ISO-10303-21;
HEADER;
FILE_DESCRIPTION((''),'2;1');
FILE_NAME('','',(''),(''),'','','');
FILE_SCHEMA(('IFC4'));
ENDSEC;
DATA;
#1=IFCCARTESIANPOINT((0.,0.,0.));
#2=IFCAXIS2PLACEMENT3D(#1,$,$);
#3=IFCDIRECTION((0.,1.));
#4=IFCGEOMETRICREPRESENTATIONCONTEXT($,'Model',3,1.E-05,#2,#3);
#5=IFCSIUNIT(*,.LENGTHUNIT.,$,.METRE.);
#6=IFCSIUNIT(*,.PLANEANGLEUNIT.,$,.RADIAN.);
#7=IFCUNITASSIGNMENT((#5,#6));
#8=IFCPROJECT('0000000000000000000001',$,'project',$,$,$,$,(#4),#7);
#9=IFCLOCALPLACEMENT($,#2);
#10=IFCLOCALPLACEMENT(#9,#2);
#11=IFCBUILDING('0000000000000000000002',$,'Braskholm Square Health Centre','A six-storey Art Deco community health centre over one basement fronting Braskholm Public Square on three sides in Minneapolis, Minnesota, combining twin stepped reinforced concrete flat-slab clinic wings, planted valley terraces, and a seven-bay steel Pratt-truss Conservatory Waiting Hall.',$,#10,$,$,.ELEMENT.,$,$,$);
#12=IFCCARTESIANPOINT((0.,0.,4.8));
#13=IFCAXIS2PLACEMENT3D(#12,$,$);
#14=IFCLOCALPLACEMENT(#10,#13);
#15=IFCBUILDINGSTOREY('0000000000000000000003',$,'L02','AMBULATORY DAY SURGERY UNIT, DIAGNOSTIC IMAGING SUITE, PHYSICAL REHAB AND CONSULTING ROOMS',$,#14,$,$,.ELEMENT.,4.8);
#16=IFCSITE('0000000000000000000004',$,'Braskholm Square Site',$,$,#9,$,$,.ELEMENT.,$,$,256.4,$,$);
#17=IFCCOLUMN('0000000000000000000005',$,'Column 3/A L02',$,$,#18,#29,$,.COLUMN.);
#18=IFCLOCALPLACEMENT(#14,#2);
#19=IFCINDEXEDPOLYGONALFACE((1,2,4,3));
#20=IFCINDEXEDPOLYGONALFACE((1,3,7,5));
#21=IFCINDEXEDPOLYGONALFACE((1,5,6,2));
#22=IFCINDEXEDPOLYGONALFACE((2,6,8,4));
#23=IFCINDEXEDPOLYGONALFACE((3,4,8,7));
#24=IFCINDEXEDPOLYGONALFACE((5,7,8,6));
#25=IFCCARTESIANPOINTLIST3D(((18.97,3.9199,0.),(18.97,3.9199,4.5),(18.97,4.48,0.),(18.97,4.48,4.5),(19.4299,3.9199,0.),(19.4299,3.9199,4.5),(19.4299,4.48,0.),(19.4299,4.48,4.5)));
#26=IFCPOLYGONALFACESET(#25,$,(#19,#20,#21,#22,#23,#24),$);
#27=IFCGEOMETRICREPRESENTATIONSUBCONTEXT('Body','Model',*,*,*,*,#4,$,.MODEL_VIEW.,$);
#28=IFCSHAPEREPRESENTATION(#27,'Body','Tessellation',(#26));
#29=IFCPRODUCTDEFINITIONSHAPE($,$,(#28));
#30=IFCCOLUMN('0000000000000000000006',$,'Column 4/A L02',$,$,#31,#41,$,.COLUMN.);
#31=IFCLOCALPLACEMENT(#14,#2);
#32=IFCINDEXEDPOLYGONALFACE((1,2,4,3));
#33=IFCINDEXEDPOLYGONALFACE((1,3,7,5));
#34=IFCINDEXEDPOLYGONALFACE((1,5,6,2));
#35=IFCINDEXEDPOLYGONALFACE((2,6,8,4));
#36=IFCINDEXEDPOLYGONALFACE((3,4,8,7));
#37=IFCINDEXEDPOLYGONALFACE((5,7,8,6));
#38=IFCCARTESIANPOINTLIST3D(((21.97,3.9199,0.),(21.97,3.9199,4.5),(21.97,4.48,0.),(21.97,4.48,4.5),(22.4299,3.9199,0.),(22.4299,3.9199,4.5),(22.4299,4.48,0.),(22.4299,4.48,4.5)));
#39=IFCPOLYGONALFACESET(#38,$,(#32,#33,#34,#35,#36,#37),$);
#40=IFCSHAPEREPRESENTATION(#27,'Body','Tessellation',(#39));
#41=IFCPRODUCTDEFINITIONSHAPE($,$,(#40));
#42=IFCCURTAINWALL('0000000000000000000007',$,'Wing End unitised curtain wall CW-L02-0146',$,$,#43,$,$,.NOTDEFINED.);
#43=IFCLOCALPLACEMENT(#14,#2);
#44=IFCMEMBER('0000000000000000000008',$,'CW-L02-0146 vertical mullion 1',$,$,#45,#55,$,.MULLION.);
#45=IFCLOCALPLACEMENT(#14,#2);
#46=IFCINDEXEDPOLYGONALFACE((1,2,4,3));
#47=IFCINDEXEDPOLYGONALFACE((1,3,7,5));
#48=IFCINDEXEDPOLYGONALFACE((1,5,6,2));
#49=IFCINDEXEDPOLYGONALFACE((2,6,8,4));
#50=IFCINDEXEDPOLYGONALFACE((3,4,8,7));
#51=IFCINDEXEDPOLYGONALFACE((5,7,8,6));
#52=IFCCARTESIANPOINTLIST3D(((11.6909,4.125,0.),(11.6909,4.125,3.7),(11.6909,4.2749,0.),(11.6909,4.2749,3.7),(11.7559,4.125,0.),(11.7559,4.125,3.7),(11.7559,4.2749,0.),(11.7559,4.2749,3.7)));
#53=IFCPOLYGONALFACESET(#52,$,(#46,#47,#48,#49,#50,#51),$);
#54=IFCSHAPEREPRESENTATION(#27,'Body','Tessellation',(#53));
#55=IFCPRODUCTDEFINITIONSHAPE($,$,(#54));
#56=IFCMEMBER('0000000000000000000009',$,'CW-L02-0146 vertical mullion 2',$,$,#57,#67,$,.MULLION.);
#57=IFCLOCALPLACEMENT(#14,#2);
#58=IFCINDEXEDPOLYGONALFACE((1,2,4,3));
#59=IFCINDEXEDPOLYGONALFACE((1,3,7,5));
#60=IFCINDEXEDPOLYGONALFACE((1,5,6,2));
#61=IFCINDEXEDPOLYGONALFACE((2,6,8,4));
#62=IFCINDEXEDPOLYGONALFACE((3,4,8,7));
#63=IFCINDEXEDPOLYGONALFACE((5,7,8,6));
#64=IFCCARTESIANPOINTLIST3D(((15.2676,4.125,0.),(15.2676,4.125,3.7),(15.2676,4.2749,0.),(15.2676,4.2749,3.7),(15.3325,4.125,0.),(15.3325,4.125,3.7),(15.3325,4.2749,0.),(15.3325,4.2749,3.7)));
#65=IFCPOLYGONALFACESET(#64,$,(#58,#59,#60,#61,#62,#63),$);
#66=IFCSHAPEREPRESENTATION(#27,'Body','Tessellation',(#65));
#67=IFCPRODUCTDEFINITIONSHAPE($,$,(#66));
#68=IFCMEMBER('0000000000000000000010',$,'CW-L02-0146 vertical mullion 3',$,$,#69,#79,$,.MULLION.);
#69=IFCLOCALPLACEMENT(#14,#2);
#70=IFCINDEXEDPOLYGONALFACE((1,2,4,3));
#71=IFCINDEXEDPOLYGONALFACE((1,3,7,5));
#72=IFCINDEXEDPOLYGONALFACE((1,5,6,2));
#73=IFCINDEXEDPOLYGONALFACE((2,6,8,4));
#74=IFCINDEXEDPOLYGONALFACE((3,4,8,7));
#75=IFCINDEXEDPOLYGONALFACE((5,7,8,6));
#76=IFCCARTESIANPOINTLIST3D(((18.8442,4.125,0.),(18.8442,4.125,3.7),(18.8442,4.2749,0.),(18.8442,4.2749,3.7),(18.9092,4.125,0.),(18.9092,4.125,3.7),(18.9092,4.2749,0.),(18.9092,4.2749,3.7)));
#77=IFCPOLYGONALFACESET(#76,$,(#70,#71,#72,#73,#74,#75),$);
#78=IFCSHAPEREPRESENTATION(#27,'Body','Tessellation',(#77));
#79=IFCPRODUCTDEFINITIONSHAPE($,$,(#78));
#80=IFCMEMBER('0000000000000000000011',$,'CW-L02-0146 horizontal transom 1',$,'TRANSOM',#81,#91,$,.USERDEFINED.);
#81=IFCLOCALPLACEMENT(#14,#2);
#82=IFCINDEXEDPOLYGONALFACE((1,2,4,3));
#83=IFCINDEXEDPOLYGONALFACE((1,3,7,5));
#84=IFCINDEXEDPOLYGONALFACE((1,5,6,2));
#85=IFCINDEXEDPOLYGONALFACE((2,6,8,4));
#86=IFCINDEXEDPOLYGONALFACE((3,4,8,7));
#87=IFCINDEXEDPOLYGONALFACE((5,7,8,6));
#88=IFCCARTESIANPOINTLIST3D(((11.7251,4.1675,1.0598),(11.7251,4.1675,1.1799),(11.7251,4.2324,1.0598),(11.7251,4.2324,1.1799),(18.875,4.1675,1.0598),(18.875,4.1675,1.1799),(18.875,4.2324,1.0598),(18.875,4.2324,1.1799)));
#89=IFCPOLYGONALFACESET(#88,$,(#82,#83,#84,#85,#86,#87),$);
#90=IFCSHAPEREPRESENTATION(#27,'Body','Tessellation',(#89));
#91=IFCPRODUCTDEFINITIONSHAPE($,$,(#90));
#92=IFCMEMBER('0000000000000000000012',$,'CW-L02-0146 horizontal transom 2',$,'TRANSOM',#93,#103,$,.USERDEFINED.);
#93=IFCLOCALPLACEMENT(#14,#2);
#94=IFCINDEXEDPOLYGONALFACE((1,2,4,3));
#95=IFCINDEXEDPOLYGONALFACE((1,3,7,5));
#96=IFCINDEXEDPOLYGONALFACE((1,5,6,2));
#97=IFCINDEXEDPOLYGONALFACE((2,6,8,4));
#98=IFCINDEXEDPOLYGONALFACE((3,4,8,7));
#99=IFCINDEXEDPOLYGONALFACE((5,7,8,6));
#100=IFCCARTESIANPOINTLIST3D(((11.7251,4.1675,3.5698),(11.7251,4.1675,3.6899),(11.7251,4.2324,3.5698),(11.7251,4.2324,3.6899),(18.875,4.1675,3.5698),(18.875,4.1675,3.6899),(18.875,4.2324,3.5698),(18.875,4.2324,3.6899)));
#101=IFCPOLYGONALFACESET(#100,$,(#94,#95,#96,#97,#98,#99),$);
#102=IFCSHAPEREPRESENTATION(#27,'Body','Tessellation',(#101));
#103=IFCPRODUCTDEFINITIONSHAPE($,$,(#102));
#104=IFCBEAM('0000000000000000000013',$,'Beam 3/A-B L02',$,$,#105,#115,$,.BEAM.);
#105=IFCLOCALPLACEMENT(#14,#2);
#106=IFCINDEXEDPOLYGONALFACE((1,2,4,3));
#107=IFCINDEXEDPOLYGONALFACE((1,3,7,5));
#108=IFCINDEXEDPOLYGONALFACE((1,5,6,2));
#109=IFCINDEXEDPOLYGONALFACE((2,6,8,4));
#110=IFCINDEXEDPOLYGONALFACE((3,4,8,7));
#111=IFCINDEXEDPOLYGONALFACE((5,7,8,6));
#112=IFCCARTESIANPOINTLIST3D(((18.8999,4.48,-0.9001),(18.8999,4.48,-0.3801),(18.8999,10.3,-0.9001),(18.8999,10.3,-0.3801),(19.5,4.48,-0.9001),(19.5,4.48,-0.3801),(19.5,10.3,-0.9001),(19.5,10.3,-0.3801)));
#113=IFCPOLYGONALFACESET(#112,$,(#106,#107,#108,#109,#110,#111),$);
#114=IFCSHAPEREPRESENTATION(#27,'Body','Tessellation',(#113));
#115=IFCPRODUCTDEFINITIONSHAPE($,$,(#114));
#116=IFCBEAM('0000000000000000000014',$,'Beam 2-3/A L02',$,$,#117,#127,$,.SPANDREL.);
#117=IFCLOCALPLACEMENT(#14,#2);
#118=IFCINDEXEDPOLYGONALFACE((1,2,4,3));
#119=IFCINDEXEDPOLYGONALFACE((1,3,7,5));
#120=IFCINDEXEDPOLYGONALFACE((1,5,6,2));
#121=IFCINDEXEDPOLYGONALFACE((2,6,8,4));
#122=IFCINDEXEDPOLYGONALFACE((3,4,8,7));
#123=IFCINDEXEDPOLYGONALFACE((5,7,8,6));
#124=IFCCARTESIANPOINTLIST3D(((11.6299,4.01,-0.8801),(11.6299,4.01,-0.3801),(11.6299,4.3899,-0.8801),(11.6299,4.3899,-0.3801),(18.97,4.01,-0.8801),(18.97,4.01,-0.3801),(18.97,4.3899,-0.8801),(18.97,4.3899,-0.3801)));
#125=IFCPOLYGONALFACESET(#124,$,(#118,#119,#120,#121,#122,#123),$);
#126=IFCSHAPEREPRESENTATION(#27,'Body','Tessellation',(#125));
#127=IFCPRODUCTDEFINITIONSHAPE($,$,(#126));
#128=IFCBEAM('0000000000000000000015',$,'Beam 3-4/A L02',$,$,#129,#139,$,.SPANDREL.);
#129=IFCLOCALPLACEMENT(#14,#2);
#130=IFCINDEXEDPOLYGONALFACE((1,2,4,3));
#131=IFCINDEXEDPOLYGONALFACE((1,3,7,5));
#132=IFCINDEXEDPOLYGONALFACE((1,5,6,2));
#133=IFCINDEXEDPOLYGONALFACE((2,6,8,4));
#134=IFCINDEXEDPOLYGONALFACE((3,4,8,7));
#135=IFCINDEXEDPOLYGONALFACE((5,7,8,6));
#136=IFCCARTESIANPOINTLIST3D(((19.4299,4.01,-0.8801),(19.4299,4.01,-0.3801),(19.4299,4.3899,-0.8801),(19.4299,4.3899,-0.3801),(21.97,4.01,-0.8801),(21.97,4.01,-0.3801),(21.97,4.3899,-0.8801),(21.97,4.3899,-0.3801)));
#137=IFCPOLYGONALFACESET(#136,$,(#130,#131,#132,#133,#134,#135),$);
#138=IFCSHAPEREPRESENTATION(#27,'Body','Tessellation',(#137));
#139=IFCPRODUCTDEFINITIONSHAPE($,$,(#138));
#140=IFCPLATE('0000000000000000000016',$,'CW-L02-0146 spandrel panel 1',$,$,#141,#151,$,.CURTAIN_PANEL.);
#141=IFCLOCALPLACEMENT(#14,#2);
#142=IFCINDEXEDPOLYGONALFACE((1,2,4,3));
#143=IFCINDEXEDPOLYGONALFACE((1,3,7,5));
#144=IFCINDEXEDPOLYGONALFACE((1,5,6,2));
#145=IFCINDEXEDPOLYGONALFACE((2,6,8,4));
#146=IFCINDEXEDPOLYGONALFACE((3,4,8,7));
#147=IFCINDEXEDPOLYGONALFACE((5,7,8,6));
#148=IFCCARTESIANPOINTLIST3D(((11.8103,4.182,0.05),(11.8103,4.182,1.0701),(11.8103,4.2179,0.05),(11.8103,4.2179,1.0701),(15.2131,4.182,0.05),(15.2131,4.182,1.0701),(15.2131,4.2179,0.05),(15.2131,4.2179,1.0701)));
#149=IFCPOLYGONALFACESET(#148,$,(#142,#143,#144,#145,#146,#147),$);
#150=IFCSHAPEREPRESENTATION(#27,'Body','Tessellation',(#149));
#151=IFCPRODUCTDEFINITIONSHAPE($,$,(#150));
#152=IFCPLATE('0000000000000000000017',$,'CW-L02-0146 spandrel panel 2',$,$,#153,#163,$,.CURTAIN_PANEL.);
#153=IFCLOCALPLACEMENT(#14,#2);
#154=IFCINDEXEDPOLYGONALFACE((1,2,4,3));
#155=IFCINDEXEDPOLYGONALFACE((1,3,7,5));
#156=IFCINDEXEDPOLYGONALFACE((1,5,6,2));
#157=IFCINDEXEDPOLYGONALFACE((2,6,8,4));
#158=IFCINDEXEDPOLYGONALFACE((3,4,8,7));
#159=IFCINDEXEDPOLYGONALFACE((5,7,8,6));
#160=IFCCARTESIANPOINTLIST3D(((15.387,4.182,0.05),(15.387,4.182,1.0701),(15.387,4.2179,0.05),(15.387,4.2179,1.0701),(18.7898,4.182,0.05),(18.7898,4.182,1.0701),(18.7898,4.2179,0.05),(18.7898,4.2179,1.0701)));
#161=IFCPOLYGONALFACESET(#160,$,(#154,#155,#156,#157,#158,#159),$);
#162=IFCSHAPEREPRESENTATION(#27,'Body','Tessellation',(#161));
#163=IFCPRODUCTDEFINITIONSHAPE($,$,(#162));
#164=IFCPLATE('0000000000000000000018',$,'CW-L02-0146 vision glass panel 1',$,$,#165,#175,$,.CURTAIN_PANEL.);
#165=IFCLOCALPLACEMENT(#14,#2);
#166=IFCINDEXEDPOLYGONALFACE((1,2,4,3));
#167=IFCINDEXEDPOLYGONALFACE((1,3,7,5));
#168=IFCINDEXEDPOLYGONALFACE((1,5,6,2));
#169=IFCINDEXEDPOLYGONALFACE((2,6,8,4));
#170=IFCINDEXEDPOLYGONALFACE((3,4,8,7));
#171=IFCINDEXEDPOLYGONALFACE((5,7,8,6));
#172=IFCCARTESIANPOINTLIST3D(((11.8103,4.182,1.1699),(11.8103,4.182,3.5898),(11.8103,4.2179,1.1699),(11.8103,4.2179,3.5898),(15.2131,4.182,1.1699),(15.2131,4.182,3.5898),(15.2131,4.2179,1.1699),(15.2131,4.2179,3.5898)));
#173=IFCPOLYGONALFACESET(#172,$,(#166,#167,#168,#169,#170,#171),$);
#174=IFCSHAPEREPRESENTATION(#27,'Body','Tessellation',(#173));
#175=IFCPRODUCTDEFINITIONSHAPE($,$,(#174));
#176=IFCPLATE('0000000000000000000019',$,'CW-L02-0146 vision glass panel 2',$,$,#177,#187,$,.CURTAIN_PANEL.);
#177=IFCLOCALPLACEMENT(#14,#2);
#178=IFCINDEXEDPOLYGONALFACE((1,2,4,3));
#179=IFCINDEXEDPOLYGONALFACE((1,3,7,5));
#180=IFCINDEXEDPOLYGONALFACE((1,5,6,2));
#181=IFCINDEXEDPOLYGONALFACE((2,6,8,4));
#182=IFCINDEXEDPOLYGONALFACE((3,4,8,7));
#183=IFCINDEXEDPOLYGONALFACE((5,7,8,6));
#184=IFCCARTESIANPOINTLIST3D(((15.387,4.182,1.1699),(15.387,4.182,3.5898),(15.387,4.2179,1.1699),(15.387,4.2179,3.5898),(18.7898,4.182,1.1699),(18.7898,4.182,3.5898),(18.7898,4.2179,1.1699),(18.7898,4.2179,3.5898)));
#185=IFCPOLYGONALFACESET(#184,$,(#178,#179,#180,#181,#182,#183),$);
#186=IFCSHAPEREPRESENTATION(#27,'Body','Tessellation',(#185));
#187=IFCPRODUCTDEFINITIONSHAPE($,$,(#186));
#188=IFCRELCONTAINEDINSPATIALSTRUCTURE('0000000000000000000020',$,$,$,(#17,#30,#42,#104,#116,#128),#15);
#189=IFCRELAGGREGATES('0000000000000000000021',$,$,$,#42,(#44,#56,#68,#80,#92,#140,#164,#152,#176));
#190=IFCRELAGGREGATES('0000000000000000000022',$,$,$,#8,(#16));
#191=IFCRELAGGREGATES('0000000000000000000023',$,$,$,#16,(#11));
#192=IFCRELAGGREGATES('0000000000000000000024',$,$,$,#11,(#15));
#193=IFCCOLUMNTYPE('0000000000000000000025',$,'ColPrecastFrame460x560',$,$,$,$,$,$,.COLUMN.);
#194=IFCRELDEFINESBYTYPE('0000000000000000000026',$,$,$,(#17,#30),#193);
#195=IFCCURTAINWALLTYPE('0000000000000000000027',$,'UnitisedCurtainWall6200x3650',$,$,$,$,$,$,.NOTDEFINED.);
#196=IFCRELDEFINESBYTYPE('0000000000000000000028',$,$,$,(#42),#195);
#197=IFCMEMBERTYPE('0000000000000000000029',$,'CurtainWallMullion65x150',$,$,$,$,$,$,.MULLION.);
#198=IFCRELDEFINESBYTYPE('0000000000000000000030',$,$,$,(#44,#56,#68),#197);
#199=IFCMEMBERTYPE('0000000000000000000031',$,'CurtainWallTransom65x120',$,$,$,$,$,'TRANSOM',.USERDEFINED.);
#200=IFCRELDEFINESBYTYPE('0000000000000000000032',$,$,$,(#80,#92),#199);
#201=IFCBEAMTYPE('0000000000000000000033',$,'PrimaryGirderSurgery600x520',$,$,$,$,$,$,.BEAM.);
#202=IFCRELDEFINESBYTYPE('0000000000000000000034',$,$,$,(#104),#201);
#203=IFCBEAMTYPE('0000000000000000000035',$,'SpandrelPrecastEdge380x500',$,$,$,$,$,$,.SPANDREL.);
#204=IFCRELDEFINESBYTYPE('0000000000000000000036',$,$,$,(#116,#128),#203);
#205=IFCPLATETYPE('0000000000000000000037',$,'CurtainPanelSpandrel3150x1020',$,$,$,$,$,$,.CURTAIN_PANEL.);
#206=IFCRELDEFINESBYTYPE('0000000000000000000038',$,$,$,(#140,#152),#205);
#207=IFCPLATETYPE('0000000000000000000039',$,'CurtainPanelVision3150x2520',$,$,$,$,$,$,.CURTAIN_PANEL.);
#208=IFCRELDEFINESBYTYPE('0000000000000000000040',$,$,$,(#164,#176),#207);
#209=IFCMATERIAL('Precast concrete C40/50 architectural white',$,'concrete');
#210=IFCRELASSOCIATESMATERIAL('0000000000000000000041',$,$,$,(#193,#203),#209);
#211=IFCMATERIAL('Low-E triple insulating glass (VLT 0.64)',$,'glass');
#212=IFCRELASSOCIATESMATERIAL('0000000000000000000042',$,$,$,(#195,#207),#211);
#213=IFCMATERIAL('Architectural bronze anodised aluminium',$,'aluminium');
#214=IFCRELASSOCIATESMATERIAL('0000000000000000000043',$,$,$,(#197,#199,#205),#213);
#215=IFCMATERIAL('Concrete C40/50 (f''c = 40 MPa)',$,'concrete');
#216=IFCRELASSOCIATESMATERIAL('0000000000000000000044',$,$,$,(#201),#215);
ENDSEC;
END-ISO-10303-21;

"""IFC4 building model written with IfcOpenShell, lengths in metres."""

from ifc_helpers import new_model, si_unit, direction, frame, origin, origin_2d, place, context, subcontext, project, spatial, rectangle, extrude, material, material_profile, profile_set, type_object, element, aggregate, save


model = new_model("IFC4")

# Units and contexts
model_context = context("Model", 3, precision=1e-05, world=origin(), true_north=direction((0.0, 1.0)))
body_context = subcontext(model_context, "Body", "Model", "MODEL_VIEW")
ifc_project = project(units=[si_unit("LENGTHUNIT", "METRE"), si_unit("PLANEANGLEUNIT", "RADIAN")], contexts=[model_context])

# Site, building, storey
site_placement = place(None, origin())
site = spatial("IfcSite", under=ifc_project, at=site_placement, Name="Braskholm Square Site", CompositionType="ELEMENT", RefElevation=256.4)
building_placement = place(site_placement, origin())
building = spatial("IfcBuilding", under=site, at=building_placement, Name="Braskholm Square Health Centre", Description="A six-storey Art Deco community health centre over one basement fronting Braskholm Public Square on three sides in Minneapolis, Minnesota, combining twin stepped reinforced concrete flat-slab clinic wings, planted valley terraces, and a seven-bay steel Pratt-truss Conservatory Waiting Hall.", CompositionType="ELEMENT")
storey_placement = place(building_placement, frame((0.0, 0.0, 4.8)))
storey = spatial("IfcBuildingStorey", under=building, at=storey_placement, Name="L02", Description="AMBULATORY DAY SURGERY UNIT, DIAGNOSTIC IMAGING SUITE, PHYSICAL REHAB AND CONSULTING ROOMS", CompositionType="ELEMENT", Elevation=4.8)

# Columns
ifc_material_1 = material(Name="Precast concrete C40/50 architectural white", Category="concrete")
ifc_material_profile_1 = material_profile(ifc_material_1, rectangle(XDim=0.46, YDim=0.5601, at=origin_2d()), Name="RC-460X560")
ifc_profile_set_1 = profile_set([ifc_material_profile_1], Name="Precast concrete C40/50 architectural white")
column_type = type_object("IfcColumnType", Name="ColPrecastFrame460x560", PredefinedType="COLUMN", material=ifc_profile_set_1)
for number, where, z_axis, x_axis, name in (
    (1, (19.2, 4.2, 0.0), (0.0, 0.0, 1.0), (1.0, 0.0, 0.0), "Column 3/A L02"),
    (2, (22.2, 4.2, 0.0), (0.0, 0.0, 1.0), (1.0, 0.0, 0.0), "Column 4/A L02"),
):
    element("IfcColumn", number, at=place(storey_placement, frame(where, z_axis=z_axis, x_axis=x_axis)), inside=storey, type_object=column_type, Name=name, PredefinedType="COLUMN", context=body_context, shape_type="SweptSolid", body=[
        extrude(rectangle(XDim=0.46, YDim=0.5601, at=origin_2d()), origin(), (0.0, 0.0, 1.0), 4.5),
    ])

# Curtain wall, members
ifc_material_2 = material(Name="Low-E triple insulating glass (VLT 0.64)", Category="glass")
curtain_wall_type = type_object("IfcCurtainWallType", Name="UnitisedCurtainWall6200x3650", PredefinedType="NOTDEFINED", material=ifc_material_2)
curtain_wall_placement = place(storey_placement, origin())
curtain_wall = element("IfcCurtainWall", 3, at=curtain_wall_placement, inside=storey, type_object=curtain_wall_type, Name="Wing End unitised curtain wall CW-L02-0146", PredefinedType="NOTDEFINED")
ifc_material_3 = material(Name="Architectural bronze anodised aluminium", Category="aluminium")
ifc_material_profile_2 = material_profile(ifc_material_3, rectangle(XDim=0.0649, YDim=0.1499, at=origin_2d()), Name="ALU-65X150")
ifc_profile_set_2 = profile_set([ifc_material_profile_2], Name="Architectural bronze anodised aluminium")
member_type_1 = type_object("IfcMemberType", Name="CurtainWallMullion65x150", PredefinedType="MULLION", material=ifc_profile_set_2)
member_1_placement = place(storey_placement, frame((11.7234, 4.2, 0.0), z_axis=(0.0, 0.0, 1.0), x_axis=(1.0, 0.0, 0.0)))
member_1 = element("IfcMember", 4, at=member_1_placement, type_object=member_type_1, Name="CW-L02-0146 vertical mullion 1", PredefinedType="MULLION", context=body_context, shape_type="SweptSolid", body=[
    extrude(rectangle(XDim=0.0649, YDim=0.1499, at=origin_2d()), origin(), (0.0, 0.0, 1.0), 3.7),
])
member_2_placement = place(storey_placement, frame((15.3, 4.2, 0.0), z_axis=(0.0, 0.0, 1.0), x_axis=(1.0, 0.0, 0.0)))
member_2 = element("IfcMember", 5, at=member_2_placement, type_object=member_type_1, Name="CW-L02-0146 vertical mullion 2", PredefinedType="MULLION", context=body_context, shape_type="SweptSolid", body=[
    extrude(rectangle(XDim=0.0649, YDim=0.1499, at=origin_2d()), origin(), (0.0, 0.0, 1.0), 3.7),
])
member_3_placement = place(storey_placement, frame((18.8767, 4.2, 0.0), z_axis=(0.0, 0.0, 1.0), x_axis=(1.0, 0.0, 0.0)))
member_3 = element("IfcMember", 6, at=member_3_placement, type_object=member_type_1, Name="CW-L02-0146 vertical mullion 3", PredefinedType="MULLION", context=body_context, shape_type="SweptSolid", body=[
    extrude(rectangle(XDim=0.0649, YDim=0.1499, at=origin_2d()), origin(), (0.0, 0.0, 1.0), 3.7),
])
ifc_material_profile_3 = material_profile(ifc_material_3, rectangle(XDim=0.0649, YDim=0.1201, at=origin_2d()), Name="ALU-65X120")
ifc_profile_set_3 = profile_set([ifc_material_profile_3], Name="Architectural bronze anodised aluminium")
member_type_2 = type_object("IfcMemberType", Name="CurtainWallTransom65x120", ElementType="TRANSOM", PredefinedType="USERDEFINED", material=ifc_profile_set_3)
member_4_placement = place(storey_placement, frame((11.7251, 4.2, 1.1199), z_axis=(1.0, 0.0, 0.0), x_axis=(0.0, 1.0, 0.0)))
member_4 = element("IfcMember", 7, at=member_4_placement, type_object=member_type_2, Name="CW-L02-0146 horizontal transom 1", ObjectType="TRANSOM", PredefinedType="USERDEFINED", context=body_context, shape_type="SweptSolid", body=[
    extrude(rectangle(XDim=0.0649, YDim=0.1201, at=origin_2d()), origin(), (0.0, 0.0, 1.0), 7.1499),
])
member_5_placement = place(storey_placement, frame((11.7251, 4.2, 3.6299), z_axis=(1.0, 0.0, 0.0), x_axis=(0.0, 1.0, 0.0)))
member_5 = element("IfcMember", 8, at=member_5_placement, type_object=member_type_2, Name="CW-L02-0146 horizontal transom 2", ObjectType="TRANSOM", PredefinedType="USERDEFINED", context=body_context, shape_type="SweptSolid", body=[
    extrude(rectangle(XDim=0.0649, YDim=0.1201, at=origin_2d()), origin(), (0.0, 0.0, 1.0), 7.1499),
])

# Beams
ifc_material_4 = material(Name="Concrete C40/50 (f'c = 40 MPa)", Category="concrete")
ifc_material_profile_4 = material_profile(ifc_material_4, rectangle(XDim=0.6001, YDim=0.52, at=origin_2d()), Name="RCB-600X520")
ifc_profile_set_4 = profile_set([ifc_material_profile_4], Name="Concrete C40/50 (f'c = 40 MPa)")
beam_type_1 = type_object("IfcBeamType", Name="PrimaryGirderSurgery600x520", PredefinedType="BEAM", material=ifc_profile_set_4)
beam_1_placement = place(storey_placement, frame((19.2, 4.48, -0.6401), z_axis=(0.0, 1.0, 0.0), x_axis=(-1.0, 0.0, 0.0)))
element("IfcBeam", 9, at=beam_1_placement, inside=storey, type_object=beam_type_1, Name="Beam 3/A-B L02", PredefinedType="BEAM", context=body_context, shape_type="SweptSolid", body=[
    extrude(rectangle(XDim=0.6001, YDim=0.52, at=origin_2d()), origin(), (0.0, 0.0, 1.0), 5.8201),
])
ifc_material_profile_5 = material_profile(ifc_material_1, rectangle(XDim=0.3799, YDim=0.5, at=origin_2d()), Name="RCB-380X500")
ifc_profile_set_5 = profile_set([ifc_material_profile_5], Name="Precast concrete C40/50 architectural white")
beam_type_2 = type_object("IfcBeamType", Name="SpandrelPrecastEdge380x500", PredefinedType="SPANDREL", material=ifc_profile_set_5)
beam_2_placement = place(storey_placement, frame((11.6299, 4.2, -0.6301), z_axis=(1.0, 0.0, 0.0), x_axis=(0.0, 1.0, 0.0)))
element("IfcBeam", 10, at=beam_2_placement, inside=storey, type_object=beam_type_2, Name="Beam 2-3/A L02", PredefinedType="SPANDREL", context=body_context, shape_type="SweptSolid", body=[
    extrude(rectangle(XDim=0.3799, YDim=0.5, at=origin_2d()), origin(), (0.0, 0.0, 1.0), 7.3401),
])
beam_3_placement = place(storey_placement, frame((19.4299, 4.2, -0.6301), z_axis=(1.0, 0.0, 0.0), x_axis=(0.0, 1.0, 0.0)))
element("IfcBeam", 11, at=beam_3_placement, inside=storey, type_object=beam_type_2, Name="Beam 3-4/A L02", PredefinedType="SPANDREL", context=body_context, shape_type="SweptSolid", body=[
    extrude(rectangle(XDim=0.3799, YDim=0.5, at=origin_2d()), origin(), (0.0, 0.0, 1.0), 2.54),
])

# Plates
plate_type_1 = type_object("IfcPlateType", Name="CurtainPanelSpandrel3150x1020", PredefinedType="CURTAIN_PANEL", material=ifc_material_3)
plate_1_placement = place(storey_placement, frame((13.5117, 4.2, 0.05), z_axis=(0.0, 0.0, 1.0), x_axis=(1.0, 0.0, 0.0)))
plate_1 = element("IfcPlate", 12, at=plate_1_placement, type_object=plate_type_1, Name="CW-L02-0146 spandrel panel 1", PredefinedType="CURTAIN_PANEL", context=body_context, shape_type="SweptSolid", body=[
    extrude(rectangle(XDim=3.4028, YDim=0.0359, at=origin_2d()), origin(), (0.0, 0.0, 1.0), 1.02),
])
plate_2_placement = place(storey_placement, frame((17.0884, 4.2, 0.05), z_axis=(0.0, 0.0, 1.0), x_axis=(1.0, 0.0, 0.0)))
plate_2 = element("IfcPlate", 13, at=plate_2_placement, type_object=plate_type_1, Name="CW-L02-0146 spandrel panel 2", PredefinedType="CURTAIN_PANEL", context=body_context, shape_type="SweptSolid", body=[
    extrude(rectangle(XDim=3.4028, YDim=0.0359, at=origin_2d()), origin(), (0.0, 0.0, 1.0), 1.02),
])
plate_type_2 = type_object("IfcPlateType", Name="CurtainPanelVision3150x2520", PredefinedType="CURTAIN_PANEL", material=ifc_material_2)
plate_3_placement = place(storey_placement, frame((13.5117, 4.2, 1.1699), z_axis=(0.0, 0.0, 1.0), x_axis=(1.0, 0.0, 0.0)))
plate_3 = element("IfcPlate", 14, at=plate_3_placement, type_object=plate_type_2, Name="CW-L02-0146 vision glass panel 1", PredefinedType="CURTAIN_PANEL", context=body_context, shape_type="SweptSolid", body=[
    extrude(rectangle(XDim=3.4028, YDim=0.0359, at=origin_2d()), origin(), (0.0, 0.0, 1.0), 2.4199),
])
plate_4_placement = place(storey_placement, frame((17.0884, 4.2, 1.1699), z_axis=(0.0, 0.0, 1.0), x_axis=(1.0, 0.0, 0.0)))
plate_4 = element("IfcPlate", 15, at=plate_4_placement, type_object=plate_type_2, Name="CW-L02-0146 vision glass panel 2", PredefinedType="CURTAIN_PANEL", context=body_context, shape_type="SweptSolid", body=[
    extrude(rectangle(XDim=3.4028, YDim=0.0359, at=origin_2d()), origin(), (0.0, 0.0, 1.0), 2.4199),
])
aggregate(curtain_wall, [member_1, member_2, member_3, member_4, member_5, plate_1, plate_3, plate_2, plate_4])

save(model, "model.ifc")
